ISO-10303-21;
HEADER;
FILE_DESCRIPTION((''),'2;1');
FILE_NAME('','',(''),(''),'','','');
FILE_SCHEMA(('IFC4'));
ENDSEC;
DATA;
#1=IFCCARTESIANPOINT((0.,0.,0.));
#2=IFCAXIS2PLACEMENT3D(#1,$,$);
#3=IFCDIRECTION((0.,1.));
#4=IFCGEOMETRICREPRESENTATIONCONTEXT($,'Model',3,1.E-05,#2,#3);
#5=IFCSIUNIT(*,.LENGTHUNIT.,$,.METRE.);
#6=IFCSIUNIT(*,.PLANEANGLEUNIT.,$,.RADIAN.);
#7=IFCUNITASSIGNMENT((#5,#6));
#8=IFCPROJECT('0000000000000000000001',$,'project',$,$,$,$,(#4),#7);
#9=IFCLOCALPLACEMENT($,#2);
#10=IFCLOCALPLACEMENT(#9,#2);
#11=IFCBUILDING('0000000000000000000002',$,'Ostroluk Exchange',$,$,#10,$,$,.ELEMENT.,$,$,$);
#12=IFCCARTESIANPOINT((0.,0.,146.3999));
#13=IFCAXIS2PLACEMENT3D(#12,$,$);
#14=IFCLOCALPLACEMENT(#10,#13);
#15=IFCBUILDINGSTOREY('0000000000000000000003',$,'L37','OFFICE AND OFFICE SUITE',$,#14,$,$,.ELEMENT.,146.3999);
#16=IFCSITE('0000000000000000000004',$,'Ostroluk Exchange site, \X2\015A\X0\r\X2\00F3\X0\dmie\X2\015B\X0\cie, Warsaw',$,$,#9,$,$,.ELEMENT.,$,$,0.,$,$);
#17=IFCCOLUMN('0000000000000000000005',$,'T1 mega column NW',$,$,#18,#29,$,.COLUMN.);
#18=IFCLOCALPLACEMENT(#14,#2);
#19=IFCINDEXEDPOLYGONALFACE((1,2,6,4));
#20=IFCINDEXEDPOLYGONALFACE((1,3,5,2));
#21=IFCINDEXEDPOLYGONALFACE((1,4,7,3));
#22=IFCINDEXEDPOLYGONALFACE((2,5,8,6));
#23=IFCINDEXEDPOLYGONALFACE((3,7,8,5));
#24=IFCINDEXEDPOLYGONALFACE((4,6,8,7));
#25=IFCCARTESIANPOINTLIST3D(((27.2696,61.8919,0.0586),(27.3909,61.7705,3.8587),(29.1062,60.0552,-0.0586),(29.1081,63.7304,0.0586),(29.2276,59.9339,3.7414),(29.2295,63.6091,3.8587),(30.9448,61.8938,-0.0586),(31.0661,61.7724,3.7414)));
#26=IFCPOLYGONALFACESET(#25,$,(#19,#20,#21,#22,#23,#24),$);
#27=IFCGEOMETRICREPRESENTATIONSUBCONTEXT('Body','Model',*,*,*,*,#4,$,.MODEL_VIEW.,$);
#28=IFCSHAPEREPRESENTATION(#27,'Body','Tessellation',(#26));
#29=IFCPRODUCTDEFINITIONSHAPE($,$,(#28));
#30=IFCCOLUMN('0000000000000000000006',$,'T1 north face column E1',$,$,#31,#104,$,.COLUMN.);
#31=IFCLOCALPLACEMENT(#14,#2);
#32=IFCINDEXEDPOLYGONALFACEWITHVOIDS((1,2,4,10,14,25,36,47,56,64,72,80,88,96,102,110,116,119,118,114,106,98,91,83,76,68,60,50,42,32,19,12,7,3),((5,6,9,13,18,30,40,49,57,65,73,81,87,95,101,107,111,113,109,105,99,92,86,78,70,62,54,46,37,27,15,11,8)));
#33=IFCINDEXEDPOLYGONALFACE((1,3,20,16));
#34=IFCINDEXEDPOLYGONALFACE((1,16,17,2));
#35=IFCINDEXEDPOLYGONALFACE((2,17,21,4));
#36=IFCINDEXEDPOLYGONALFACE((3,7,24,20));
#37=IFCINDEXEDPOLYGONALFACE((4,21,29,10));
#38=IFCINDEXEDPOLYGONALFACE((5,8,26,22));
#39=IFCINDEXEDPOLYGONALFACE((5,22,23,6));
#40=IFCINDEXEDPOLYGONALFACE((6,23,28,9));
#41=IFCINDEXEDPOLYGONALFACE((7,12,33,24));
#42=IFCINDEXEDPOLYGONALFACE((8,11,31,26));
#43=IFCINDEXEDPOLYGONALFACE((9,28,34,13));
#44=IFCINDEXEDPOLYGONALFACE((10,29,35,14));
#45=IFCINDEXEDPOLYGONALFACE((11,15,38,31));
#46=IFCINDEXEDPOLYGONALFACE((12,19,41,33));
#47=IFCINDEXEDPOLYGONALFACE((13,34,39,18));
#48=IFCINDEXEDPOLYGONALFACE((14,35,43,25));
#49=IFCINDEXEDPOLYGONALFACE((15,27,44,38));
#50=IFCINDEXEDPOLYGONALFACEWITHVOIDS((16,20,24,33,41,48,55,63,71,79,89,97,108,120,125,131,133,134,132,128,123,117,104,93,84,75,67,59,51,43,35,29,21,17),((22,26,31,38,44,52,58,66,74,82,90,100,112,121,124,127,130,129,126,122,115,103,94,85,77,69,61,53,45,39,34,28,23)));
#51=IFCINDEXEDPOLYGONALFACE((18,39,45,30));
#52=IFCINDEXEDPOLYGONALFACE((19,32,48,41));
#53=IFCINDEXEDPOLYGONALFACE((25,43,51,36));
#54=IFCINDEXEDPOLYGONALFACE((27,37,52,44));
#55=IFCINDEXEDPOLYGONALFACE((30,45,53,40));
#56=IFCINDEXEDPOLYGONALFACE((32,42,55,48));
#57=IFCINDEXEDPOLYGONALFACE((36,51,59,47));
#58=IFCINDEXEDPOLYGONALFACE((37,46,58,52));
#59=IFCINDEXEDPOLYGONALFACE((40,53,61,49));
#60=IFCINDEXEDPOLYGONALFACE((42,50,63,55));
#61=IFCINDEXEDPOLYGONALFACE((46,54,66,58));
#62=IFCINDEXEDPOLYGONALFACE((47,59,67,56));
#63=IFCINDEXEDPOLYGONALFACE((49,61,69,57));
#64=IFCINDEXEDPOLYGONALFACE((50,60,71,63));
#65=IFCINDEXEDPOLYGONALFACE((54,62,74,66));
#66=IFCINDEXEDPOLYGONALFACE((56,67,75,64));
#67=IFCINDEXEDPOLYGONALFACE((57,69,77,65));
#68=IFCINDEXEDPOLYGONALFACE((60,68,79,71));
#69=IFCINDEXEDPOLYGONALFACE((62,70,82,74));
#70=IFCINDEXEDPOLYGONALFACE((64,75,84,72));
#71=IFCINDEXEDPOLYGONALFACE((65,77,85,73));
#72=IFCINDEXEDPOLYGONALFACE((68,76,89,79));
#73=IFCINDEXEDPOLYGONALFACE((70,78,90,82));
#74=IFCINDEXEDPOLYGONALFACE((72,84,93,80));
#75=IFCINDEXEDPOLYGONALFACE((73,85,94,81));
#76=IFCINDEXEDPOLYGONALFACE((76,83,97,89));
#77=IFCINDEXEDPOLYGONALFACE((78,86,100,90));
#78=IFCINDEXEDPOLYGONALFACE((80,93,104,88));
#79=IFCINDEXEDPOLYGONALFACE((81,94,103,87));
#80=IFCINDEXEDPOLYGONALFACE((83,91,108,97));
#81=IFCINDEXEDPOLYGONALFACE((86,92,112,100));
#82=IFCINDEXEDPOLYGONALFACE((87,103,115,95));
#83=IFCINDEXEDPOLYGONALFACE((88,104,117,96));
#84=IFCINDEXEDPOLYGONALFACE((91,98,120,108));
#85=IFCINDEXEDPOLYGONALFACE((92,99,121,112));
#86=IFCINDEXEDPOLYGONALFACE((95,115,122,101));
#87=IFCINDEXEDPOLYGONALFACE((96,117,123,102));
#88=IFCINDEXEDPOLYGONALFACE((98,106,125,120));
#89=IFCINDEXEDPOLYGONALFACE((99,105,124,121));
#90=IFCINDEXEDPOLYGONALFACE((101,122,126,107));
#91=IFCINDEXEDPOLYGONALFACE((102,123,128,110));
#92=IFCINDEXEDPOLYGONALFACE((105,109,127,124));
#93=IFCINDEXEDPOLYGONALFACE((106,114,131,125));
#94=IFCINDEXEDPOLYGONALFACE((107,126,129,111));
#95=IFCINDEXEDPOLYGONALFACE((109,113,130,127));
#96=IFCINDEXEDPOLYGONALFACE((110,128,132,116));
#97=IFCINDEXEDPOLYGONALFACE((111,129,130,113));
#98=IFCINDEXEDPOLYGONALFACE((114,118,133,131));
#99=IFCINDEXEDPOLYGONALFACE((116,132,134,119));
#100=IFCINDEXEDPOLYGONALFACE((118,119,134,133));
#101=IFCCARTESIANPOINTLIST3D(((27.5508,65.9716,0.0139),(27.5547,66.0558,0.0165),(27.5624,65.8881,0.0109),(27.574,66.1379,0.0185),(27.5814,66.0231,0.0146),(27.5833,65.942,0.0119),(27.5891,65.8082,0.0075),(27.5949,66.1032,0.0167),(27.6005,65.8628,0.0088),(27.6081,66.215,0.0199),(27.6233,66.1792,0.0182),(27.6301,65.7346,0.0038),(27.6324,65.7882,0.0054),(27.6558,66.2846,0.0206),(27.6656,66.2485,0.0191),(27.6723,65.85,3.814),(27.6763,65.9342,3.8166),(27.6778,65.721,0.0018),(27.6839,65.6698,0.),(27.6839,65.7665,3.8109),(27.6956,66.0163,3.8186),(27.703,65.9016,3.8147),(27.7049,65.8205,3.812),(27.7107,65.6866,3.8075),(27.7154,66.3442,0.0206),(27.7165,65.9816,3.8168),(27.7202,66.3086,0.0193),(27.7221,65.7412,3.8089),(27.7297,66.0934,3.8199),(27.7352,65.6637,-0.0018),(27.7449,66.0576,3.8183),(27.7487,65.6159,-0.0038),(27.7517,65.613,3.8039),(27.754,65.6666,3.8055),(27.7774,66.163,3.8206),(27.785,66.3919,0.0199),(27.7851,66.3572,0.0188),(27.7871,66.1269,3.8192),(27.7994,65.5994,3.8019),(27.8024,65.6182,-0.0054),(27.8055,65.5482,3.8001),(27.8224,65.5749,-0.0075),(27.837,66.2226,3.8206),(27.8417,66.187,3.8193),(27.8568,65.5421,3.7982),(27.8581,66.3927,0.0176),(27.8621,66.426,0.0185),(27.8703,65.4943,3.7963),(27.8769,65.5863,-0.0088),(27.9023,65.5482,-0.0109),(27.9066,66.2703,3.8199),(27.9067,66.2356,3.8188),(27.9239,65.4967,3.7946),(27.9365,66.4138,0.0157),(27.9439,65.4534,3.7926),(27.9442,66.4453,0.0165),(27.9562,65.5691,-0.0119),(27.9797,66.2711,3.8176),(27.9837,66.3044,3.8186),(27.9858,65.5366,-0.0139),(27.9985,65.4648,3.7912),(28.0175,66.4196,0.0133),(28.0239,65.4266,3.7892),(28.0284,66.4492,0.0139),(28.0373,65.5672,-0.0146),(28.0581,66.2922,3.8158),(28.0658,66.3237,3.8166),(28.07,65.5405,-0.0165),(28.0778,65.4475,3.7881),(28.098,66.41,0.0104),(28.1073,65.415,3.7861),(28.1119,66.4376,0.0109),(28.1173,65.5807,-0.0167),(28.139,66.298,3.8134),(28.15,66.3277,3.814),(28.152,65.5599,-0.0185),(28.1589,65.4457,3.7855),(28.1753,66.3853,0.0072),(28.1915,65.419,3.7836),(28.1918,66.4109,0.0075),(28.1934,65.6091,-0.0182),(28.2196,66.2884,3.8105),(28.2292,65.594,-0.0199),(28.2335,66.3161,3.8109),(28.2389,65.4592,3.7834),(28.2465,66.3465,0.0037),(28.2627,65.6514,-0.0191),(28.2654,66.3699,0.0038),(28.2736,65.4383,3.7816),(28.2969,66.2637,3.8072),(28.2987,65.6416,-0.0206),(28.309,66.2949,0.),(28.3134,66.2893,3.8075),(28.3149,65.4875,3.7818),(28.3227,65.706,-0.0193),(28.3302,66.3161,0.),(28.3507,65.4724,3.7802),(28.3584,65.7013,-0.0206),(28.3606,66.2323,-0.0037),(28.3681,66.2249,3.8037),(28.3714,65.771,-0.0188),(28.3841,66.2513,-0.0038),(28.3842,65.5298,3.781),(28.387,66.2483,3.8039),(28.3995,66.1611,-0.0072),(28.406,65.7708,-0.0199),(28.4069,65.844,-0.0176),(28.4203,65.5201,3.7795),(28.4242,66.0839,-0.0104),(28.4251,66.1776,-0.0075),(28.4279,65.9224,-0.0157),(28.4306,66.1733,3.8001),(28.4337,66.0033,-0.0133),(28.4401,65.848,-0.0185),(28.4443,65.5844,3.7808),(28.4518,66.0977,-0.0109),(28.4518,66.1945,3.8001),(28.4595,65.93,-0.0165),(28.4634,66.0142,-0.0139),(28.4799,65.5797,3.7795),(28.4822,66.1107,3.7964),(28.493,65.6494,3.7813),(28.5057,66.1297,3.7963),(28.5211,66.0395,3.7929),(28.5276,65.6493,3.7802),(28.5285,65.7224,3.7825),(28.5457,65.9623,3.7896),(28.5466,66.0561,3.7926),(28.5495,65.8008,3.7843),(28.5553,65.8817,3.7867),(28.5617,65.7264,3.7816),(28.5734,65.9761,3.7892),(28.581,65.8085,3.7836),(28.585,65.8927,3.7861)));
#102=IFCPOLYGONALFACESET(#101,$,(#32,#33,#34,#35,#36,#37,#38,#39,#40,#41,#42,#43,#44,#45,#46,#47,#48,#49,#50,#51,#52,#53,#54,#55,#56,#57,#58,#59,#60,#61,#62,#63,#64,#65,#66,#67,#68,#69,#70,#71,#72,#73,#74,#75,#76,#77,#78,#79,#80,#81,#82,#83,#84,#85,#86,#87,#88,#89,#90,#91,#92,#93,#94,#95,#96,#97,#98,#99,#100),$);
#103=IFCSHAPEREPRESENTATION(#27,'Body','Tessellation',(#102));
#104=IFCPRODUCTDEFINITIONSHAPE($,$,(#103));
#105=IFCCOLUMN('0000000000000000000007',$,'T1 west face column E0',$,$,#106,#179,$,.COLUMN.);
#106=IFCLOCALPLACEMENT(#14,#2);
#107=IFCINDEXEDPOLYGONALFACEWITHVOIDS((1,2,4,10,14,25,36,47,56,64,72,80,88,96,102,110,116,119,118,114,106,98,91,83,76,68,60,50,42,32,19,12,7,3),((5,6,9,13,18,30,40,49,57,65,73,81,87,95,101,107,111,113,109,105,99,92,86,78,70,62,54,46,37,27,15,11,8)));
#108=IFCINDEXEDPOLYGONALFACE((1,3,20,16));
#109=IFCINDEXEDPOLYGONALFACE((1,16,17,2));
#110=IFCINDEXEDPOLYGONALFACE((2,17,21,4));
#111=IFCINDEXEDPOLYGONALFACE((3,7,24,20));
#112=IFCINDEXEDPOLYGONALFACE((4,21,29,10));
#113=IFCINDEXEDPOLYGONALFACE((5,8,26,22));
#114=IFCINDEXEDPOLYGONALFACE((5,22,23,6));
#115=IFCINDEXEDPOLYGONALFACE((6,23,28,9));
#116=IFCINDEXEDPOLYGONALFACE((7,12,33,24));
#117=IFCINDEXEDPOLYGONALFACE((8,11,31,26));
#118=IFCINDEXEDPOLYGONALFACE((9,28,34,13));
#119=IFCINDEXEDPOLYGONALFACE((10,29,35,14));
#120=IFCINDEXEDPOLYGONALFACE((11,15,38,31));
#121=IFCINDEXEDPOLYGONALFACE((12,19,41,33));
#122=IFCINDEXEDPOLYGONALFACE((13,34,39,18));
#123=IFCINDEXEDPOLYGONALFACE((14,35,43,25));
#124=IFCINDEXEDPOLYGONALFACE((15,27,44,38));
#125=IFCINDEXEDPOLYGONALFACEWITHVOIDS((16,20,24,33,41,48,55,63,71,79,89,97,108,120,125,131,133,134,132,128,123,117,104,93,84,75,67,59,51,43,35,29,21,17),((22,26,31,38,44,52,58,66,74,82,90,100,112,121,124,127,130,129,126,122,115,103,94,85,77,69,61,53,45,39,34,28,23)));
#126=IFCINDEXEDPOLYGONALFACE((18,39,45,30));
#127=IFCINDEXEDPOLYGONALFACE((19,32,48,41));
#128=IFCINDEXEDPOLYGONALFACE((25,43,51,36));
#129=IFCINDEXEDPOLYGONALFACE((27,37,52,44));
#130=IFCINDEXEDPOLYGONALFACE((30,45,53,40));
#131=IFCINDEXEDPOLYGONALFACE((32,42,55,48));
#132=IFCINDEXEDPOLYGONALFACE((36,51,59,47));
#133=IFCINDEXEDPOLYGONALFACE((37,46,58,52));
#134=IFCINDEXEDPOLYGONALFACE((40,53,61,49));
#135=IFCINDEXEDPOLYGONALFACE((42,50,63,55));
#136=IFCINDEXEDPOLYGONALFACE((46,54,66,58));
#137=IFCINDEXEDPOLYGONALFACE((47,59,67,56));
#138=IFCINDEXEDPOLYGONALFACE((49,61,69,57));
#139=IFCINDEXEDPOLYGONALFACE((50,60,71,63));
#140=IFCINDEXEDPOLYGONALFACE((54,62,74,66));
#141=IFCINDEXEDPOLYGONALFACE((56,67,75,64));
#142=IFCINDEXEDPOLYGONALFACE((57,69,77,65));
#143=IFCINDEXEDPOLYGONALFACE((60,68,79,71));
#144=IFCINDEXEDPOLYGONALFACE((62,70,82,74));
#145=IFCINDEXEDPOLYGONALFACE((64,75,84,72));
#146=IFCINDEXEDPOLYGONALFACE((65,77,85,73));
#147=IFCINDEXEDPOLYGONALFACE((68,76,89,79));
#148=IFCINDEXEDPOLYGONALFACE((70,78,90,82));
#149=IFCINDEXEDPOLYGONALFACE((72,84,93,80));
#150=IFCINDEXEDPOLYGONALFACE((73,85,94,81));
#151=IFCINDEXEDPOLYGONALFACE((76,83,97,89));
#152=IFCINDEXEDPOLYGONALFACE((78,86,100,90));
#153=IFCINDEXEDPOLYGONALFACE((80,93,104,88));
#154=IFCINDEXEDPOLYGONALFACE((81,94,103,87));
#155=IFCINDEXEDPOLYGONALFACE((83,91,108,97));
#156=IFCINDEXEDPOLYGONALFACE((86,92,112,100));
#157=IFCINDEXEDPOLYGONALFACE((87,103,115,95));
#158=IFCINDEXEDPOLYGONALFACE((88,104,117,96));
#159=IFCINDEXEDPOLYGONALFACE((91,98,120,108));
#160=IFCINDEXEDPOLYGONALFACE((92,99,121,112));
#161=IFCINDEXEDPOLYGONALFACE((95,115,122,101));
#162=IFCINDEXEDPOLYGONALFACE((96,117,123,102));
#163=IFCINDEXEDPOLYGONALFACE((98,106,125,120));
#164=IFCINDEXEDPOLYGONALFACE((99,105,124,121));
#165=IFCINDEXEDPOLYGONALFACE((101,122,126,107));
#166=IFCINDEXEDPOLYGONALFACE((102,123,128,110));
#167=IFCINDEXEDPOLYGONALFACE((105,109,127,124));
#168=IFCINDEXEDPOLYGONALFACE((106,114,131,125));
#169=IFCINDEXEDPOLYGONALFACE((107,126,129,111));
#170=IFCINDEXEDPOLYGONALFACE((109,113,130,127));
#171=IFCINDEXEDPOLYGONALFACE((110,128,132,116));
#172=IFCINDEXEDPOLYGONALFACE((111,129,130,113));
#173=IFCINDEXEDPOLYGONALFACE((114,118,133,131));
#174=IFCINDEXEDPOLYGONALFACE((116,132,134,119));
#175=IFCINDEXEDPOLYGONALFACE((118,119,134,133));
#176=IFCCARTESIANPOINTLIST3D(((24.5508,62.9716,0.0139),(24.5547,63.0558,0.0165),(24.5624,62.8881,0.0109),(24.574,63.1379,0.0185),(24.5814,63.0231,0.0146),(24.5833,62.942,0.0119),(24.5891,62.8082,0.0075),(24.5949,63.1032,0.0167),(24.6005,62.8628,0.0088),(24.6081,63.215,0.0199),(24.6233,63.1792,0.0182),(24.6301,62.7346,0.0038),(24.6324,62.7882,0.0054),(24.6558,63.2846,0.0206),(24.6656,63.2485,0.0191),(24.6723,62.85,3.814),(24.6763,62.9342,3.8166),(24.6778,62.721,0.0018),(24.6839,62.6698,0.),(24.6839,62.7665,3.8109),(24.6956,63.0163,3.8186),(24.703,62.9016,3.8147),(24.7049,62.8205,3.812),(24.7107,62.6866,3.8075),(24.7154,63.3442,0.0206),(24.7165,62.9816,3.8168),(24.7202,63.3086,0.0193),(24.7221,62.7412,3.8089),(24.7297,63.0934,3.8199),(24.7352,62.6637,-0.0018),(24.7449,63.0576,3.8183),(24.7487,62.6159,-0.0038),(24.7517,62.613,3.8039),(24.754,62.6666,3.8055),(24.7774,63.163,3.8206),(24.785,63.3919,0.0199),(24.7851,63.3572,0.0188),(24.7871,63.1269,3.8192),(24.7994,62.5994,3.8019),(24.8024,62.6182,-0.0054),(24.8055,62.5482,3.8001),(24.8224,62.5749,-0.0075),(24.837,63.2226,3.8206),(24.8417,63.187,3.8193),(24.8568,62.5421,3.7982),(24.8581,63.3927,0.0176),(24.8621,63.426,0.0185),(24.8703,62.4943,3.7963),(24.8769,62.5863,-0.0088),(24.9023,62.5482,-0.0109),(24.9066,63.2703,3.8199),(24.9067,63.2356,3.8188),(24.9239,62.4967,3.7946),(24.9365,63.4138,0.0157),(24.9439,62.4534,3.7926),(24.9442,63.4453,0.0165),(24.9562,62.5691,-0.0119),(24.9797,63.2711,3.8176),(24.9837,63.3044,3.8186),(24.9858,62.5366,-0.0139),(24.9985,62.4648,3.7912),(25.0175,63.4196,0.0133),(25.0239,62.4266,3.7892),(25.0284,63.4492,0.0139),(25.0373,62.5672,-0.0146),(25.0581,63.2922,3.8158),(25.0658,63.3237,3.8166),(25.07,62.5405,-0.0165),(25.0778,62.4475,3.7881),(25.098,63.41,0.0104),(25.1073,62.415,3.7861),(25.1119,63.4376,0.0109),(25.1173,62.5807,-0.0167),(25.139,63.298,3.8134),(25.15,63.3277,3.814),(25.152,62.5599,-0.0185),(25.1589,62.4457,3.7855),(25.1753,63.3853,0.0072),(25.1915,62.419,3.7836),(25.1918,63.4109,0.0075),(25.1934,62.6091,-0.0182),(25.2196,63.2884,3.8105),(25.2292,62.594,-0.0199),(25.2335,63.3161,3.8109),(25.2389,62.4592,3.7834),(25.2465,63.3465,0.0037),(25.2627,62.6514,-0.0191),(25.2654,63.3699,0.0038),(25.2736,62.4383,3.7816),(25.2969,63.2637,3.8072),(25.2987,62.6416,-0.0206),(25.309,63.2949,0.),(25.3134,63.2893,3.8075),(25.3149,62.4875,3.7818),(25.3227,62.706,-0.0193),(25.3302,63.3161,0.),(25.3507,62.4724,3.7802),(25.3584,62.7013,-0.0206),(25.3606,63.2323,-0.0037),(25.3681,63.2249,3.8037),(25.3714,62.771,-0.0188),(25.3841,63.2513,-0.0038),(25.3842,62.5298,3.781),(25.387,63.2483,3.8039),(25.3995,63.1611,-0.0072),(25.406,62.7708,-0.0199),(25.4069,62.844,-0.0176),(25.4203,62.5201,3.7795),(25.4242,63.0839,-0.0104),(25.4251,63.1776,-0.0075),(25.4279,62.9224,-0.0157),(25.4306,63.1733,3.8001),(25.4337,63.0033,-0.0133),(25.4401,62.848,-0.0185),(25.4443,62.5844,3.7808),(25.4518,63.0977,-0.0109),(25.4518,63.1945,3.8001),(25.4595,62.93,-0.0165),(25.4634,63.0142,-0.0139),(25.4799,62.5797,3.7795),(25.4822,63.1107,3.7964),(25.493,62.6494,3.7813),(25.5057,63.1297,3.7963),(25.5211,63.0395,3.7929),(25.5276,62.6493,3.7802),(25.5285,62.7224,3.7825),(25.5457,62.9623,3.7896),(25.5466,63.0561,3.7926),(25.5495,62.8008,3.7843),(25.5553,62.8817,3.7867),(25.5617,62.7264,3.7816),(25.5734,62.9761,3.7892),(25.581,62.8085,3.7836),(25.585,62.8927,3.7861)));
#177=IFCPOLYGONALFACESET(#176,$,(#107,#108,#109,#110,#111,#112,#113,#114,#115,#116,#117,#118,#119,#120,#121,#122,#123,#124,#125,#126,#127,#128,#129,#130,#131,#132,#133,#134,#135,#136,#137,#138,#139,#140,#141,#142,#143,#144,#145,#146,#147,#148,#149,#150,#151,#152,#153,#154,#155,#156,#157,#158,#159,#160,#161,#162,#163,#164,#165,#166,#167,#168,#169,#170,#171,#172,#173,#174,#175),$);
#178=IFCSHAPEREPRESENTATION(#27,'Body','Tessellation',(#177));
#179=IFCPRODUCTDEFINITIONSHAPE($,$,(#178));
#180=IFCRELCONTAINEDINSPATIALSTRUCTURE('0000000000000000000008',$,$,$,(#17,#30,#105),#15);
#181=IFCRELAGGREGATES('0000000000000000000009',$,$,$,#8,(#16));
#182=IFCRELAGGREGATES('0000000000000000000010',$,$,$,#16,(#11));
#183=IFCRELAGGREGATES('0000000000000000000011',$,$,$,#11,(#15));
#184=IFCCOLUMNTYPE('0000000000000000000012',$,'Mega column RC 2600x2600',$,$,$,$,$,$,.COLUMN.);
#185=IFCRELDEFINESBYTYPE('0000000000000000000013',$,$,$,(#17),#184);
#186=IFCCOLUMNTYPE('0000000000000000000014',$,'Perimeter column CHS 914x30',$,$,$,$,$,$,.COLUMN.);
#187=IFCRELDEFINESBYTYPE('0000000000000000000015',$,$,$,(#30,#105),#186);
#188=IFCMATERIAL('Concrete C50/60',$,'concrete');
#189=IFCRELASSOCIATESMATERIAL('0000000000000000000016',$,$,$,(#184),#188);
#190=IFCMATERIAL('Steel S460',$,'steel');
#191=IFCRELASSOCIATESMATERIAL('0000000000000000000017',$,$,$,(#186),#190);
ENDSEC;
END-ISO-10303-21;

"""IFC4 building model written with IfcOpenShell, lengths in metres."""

from ifc_helpers import new_model, si_unit, direction, frame, origin, origin_2d, place, context, subcontext, project, spatial, rectangle, hollow_circle, extrude, material, material_profile, profile_set, type_object, element, save


model = new_model("IFC4")

# Units and contexts
model_context = context("Model", 3, precision=1e-05, world=origin(), true_north=direction((0.0, 1.0)))
body_context = subcontext(model_context, "Body", "Model", "MODEL_VIEW")
ifc_project = project(units=[si_unit("LENGTHUNIT", "METRE"), si_unit("PLANEANGLEUNIT", "RADIAN")], contexts=[model_context])

# Site, building, storey
site_placement = place(None, origin())
site = spatial("IfcSite", under=ifc_project, at=site_placement, Name="Ostroluk Exchange site, Śródmieście, Warsaw", CompositionType="ELEMENT", RefElevation=0.0)
building_placement = place(site_placement, origin())
building = spatial("IfcBuilding", under=site, at=building_placement, Name="Ostroluk Exchange", CompositionType="ELEMENT")
storey_placement = place(building_placement, frame((0.0, 0.0, 146.3999)))
storey = spatial("IfcBuildingStorey", under=building, at=storey_placement, Name="L37", Description="OFFICE AND OFFICE SUITE", CompositionType="ELEMENT", Elevation=146.3999)

# Columns
ifc_material_1 = material(Name="Concrete C50/60", Category="concrete")
ifc_material_profile_1 = material_profile(ifc_material_1, rectangle(XDim=2.6001, YDim=2.6001, at=origin_2d()), Name="RC 2600x2600")
ifc_profile_set_1 = profile_set([ifc_material_profile_1], Name="Concrete C50/60")
column_type_1 = type_object("IfcColumnType", Name="Mega column RC 2600x2600", PredefinedType="COLUMN", material=ifc_profile_set_1)
column_placement = place(storey_placement, frame((29.1072, 61.8928, 0.0), z_axis=(0.031898, -0.031898, 0.998982), x_axis=(0.707107, 0.707107, 0.0)))
element("IfcColumn", 1, at=column_placement, inside=storey, type_object=column_type_1, Name="T1 mega column NW", PredefinedType="COLUMN", context=body_context, shape_type="SweptSolid", body=[
    extrude(rectangle(XDim=2.6001, YDim=2.6001, at=origin_2d()), origin(), (0.0, 0.0, 1.0), 3.804),
])
ifc_material_2 = material(Name="Steel S460", Category="steel")
ifc_material_profile_2 = material_profile(ifc_material_2, hollow_circle(Radius=0.457, WallThickness=0.03, at=origin_2d()), Name="CHS 914x30")
ifc_profile_set_2 = profile_set([ifc_material_profile_2], Name="Steel S460")
column_type_2 = type_object("IfcColumnType", Name="Perimeter column CHS 914x30", PredefinedType="COLUMN", material=ifc_profile_set_2)
for number, where, z_axis, x_axis, name in (
    (2, (28.0071, 65.9929, 0.0), (0.031962, -0.031962, 0.998978), (0.707107, 0.707107, 0.0), "T1 north face column E1"),
    (3, (25.0071, 62.9929, 0.0), (0.031962, -0.031962, 0.998978), (0.707107, 0.707107, 0.0), "T1 west face column E0"),
):
    element("IfcColumn", number, at=place(storey_placement, frame(where, z_axis=z_axis, x_axis=x_axis)), inside=storey, type_object=column_type_2, Name=name, PredefinedType="COLUMN", context=body_context, shape_type="SweptSolid", body=[
        extrude(hollow_circle(Radius=0.457, WallThickness=0.03, at=origin_2d()), origin(), (0.0, 0.0, 1.0), 3.804),
    ])

save(model, "model.ifc")
